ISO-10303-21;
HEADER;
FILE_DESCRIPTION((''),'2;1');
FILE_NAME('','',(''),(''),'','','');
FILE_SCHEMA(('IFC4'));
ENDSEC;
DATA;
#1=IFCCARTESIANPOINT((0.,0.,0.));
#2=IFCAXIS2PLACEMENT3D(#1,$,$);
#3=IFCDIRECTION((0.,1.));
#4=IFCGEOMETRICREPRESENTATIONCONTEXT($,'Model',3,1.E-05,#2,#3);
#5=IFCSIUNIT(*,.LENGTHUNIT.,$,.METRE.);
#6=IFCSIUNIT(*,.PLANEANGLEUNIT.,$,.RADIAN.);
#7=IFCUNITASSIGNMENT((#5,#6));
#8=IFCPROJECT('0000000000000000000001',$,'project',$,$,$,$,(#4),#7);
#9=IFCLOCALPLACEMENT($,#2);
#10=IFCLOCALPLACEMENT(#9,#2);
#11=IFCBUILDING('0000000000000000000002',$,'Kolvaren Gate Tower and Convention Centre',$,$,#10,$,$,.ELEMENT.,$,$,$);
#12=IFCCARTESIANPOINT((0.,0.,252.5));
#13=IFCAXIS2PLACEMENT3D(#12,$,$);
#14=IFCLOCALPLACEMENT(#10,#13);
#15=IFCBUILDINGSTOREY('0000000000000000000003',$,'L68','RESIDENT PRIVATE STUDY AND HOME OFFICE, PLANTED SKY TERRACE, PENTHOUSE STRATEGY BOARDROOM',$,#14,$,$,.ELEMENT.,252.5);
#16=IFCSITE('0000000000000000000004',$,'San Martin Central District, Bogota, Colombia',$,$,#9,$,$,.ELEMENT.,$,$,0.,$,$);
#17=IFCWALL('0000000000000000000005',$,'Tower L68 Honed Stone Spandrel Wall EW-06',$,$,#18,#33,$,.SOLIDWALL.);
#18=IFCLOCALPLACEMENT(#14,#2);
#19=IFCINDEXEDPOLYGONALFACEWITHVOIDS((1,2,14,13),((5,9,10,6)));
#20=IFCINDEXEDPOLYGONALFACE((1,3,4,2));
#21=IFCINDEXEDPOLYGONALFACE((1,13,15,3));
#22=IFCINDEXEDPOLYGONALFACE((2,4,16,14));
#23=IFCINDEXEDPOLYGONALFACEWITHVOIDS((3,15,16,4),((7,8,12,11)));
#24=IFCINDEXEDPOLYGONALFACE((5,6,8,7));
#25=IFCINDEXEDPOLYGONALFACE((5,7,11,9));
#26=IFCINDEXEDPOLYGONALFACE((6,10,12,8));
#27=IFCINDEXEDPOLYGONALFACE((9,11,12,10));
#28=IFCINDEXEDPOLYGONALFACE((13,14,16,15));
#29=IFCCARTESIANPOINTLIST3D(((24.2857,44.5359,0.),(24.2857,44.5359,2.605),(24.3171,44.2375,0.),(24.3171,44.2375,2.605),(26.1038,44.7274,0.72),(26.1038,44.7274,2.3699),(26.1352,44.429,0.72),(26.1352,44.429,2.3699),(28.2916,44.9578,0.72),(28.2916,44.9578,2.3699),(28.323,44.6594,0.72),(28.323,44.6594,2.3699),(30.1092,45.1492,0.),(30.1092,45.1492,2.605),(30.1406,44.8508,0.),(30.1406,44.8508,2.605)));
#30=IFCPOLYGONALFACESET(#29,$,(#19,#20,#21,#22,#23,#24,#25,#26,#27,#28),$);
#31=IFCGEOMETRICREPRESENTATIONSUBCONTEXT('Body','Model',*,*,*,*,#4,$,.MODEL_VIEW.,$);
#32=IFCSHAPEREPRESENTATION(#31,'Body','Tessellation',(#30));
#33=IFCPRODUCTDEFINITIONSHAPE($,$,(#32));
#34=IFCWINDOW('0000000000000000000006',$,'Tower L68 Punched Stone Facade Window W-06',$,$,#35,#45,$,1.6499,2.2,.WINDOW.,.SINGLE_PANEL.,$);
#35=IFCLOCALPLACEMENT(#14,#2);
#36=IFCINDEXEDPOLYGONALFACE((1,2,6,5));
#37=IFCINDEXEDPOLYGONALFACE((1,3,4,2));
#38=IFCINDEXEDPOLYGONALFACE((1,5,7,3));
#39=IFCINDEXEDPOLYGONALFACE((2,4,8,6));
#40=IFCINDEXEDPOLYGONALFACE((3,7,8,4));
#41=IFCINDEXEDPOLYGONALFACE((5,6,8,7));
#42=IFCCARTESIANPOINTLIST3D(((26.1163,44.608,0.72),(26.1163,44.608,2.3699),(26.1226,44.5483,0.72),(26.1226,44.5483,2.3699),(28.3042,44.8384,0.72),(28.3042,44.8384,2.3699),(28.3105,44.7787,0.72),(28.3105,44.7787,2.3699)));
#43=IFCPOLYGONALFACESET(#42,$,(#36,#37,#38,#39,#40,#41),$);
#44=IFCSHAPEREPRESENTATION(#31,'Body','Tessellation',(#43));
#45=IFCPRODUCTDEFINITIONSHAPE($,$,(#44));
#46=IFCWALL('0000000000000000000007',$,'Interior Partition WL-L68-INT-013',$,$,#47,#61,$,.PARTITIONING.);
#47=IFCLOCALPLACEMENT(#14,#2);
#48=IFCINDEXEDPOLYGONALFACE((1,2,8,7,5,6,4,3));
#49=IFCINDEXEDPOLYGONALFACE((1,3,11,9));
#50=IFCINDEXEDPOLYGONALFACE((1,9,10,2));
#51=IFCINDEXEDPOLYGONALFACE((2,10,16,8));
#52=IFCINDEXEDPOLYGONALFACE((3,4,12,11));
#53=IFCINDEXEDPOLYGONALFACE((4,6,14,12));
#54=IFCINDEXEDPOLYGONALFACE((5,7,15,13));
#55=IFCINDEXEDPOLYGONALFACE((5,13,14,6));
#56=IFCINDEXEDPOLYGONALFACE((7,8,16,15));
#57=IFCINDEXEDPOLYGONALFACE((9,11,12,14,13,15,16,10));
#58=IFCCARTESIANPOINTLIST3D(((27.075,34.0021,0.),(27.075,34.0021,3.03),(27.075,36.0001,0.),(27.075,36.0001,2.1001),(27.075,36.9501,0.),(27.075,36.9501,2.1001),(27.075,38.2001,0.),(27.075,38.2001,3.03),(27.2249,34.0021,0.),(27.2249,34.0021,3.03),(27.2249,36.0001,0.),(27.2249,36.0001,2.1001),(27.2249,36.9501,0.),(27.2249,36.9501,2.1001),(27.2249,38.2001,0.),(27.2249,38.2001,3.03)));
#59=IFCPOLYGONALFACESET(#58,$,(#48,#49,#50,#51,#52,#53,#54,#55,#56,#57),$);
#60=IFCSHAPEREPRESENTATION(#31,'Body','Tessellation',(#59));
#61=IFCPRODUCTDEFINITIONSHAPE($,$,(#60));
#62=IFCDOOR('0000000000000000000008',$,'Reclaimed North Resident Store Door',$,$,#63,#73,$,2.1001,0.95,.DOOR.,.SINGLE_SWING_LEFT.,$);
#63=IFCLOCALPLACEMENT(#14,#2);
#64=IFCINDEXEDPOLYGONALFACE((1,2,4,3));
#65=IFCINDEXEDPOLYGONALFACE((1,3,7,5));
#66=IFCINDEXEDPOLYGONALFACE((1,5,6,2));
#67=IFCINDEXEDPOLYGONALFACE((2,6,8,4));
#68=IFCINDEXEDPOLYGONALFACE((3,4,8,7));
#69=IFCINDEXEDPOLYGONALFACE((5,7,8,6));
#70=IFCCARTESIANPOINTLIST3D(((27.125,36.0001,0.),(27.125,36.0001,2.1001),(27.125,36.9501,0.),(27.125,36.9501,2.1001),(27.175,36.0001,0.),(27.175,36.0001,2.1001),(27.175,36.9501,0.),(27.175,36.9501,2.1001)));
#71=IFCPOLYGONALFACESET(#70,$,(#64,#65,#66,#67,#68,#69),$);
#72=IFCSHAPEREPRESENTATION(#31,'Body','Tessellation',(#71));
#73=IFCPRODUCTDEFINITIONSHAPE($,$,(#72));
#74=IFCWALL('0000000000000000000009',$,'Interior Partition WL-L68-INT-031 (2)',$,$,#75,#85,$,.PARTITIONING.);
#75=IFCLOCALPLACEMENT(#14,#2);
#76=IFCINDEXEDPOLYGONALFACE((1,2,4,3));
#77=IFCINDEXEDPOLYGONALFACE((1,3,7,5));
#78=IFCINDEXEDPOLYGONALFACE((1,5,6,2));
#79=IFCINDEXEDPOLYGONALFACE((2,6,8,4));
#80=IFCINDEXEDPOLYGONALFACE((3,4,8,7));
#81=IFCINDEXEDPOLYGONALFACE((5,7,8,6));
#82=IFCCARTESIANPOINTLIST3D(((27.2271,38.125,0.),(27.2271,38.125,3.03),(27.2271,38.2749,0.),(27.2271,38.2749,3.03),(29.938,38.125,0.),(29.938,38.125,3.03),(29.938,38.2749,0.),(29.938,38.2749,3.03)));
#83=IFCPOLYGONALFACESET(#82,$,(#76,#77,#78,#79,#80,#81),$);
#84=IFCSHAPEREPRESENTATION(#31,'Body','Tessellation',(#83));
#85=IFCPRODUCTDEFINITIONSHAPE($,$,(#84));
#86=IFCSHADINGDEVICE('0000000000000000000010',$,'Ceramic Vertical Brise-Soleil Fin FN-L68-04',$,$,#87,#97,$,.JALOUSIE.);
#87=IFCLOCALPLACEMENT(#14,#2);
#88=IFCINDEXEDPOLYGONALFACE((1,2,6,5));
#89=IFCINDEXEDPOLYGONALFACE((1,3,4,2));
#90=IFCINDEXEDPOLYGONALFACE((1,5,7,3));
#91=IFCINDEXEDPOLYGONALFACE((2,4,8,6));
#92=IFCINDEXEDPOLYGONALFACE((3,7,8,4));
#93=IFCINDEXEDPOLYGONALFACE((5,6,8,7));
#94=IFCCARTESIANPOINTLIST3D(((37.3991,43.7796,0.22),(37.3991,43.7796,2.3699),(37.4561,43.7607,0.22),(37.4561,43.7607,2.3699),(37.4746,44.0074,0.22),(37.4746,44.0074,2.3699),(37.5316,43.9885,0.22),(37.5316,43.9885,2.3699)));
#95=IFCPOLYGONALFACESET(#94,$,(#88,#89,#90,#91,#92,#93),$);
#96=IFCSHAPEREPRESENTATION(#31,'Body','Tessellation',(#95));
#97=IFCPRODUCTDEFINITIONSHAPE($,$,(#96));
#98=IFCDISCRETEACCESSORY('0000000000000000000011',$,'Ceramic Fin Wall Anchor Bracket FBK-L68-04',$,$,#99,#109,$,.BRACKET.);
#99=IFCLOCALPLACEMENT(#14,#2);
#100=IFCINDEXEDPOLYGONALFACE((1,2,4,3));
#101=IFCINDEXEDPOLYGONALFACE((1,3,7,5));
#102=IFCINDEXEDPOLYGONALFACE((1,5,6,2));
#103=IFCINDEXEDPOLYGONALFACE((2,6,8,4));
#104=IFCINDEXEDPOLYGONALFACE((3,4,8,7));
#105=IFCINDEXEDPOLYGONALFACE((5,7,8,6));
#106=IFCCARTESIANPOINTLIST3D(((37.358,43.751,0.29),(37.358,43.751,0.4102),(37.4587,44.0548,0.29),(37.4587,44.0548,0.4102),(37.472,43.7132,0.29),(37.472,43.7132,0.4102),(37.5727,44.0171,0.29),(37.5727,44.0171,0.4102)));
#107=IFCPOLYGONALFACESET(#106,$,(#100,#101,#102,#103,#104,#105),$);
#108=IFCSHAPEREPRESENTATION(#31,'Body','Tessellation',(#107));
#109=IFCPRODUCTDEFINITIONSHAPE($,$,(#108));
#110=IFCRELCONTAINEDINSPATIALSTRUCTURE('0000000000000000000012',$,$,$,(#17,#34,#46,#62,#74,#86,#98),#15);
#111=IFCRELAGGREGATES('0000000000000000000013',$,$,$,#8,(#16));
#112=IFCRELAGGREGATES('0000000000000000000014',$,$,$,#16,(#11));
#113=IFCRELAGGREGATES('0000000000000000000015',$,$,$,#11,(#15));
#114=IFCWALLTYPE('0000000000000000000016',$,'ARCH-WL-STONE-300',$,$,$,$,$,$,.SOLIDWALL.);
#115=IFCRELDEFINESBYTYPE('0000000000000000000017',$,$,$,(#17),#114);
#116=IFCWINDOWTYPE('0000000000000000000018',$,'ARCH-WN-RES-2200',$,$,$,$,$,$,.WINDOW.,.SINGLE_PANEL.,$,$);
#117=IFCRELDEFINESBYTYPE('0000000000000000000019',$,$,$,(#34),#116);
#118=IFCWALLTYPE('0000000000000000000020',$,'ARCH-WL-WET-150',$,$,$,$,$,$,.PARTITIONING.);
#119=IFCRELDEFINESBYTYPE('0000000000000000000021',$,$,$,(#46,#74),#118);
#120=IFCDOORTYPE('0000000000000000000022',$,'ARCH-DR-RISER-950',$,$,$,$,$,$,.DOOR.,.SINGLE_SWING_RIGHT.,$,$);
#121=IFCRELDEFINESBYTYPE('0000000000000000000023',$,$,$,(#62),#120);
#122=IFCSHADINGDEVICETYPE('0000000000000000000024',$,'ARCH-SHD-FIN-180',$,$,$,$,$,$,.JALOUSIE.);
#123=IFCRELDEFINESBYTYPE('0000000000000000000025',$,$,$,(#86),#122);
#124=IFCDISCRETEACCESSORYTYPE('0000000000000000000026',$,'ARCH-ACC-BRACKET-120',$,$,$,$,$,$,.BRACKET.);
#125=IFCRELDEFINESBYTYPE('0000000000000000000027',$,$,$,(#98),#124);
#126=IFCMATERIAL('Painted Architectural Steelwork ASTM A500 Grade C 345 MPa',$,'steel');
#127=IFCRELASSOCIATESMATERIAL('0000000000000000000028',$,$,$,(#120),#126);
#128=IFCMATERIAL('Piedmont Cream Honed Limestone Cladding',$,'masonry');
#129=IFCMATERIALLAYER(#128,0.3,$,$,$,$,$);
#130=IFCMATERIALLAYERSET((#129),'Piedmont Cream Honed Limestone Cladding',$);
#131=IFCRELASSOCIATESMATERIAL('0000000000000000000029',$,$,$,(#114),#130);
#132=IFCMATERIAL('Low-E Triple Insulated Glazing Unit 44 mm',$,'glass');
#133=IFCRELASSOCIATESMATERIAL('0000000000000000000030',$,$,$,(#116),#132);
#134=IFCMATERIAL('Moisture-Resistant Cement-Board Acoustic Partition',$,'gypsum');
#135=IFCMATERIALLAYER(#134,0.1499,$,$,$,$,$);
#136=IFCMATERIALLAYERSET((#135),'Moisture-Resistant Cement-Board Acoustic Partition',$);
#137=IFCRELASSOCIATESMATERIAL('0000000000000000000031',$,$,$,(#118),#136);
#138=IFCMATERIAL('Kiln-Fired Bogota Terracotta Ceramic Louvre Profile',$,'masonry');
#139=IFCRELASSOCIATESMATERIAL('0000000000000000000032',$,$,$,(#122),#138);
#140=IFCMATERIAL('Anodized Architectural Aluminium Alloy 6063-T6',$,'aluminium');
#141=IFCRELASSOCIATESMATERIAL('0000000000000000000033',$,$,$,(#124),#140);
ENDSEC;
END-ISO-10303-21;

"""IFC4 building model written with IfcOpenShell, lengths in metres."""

from ifc_helpers import new_model, si_unit, direction, frame, frame_2d, origin, origin_2d, place, context, subcontext, project, spatial, rectangle, extrude, material, layer, layer_set, type_object, element, fill, save


model = new_model("IFC4")

# Units and contexts
model_context = context("Model", 3, precision=1e-05, world=origin(), true_north=direction((0.0, 1.0)))
body_context = subcontext(model_context, "Body", "Model", "MODEL_VIEW")
ifc_project = project(units=[si_unit("LENGTHUNIT", "METRE"), si_unit("PLANEANGLEUNIT", "RADIAN")], contexts=[model_context])

# Site, building, storey
site_placement = place(None, origin())
site = spatial("IfcSite", under=ifc_project, at=site_placement, Name="San Martin Central District, Bogota, Colombia", CompositionType="ELEMENT", RefElevation=0.0)
building_placement = place(site_placement, origin())
building = spatial("IfcBuilding", under=site, at=building_placement, Name="Kolvaren Gate Tower and Convention Centre", CompositionType="ELEMENT")
storey_placement = place(building_placement, frame((0.0, 0.0, 252.5)))
storey = spatial("IfcBuildingStorey", under=building, at=storey_placement, Name="L68", Description="RESIDENT PRIVATE STUDY AND HOME OFFICE, PLANTED SKY TERRACE, PENTHOUSE STRATEGY BOARDROOM", CompositionType="ELEMENT", Elevation=252.5)

# Shared definitions
ifc_material_1 = material(Name="Painted Architectural Steelwork ASTM A500 Grade C 345 MPa", Category="steel")
door_type = type_object("IfcDoorType", Name="ARCH-DR-RISER-950", OperationType="SINGLE_SWING_RIGHT", PredefinedType="DOOR", material=ifc_material_1)

# Wall, opening, window
ifc_material_2 = material(Name="Piedmont Cream Honed Limestone Cladding", Category="masonry")
ifc_layer_1 = layer(ifc_material_2, 0.3)
ifc_layer_set_1 = layer_set([ifc_layer_1], Name="Piedmont Cream Honed Limestone Cladding")
wall_type_1 = type_object("IfcWallType", Name="ARCH-WL-STONE-300", PredefinedType="SOLIDWALL", material=ifc_layer_set_1)
ifc_material_3 = material(Name="Low-E Triple Insulated Glazing Unit 44 mm", Category="glass")
window_type = type_object("IfcWindowType", Name="ARCH-WN-RES-2200", PartitioningType="SINGLE_PANEL", PredefinedType="WINDOW", material=ifc_material_3)
wall_1_placement = place(storey_placement, frame((24.3015, 44.3867, 0.0), z_axis=(0.0, 0.0, 1.0), x_axis=(0.9945, 0.104733, 0.0)))
wall_1 = element("IfcWall", 1, at=wall_1_placement, inside=storey, type_object=wall_type_1, Name="Tower L68 Honed Stone Spandrel Wall EW-06", PredefinedType="SOLIDWALL", context=body_context, shape_type="SweptSolid", body=[
    extrude(rectangle(XDim=5.8557, YDim=0.3, at=frame_2d((2.9277, 0.0))), origin(), (0.0, 0.0, 1.0), 2.605),
])
opening_1_placement = place(wall_1_placement, frame((1.8279, 0.0, 0.72)))
opening_1 = element("IfcOpeningElement", 2, at=opening_1_placement, cuts=wall_1, PredefinedType="OPENING", context=body_context, shape_type="SweptSolid", body=[
    extrude(rectangle(XDim=2.2, YDim=1.6499, at=frame_2d((1.1001, 0.825))), frame((0.0, 0.1599, 0.0), z_axis=(0.0, -1.0, 0.0), x_axis=(1.0, 0.0, 0.0)), (0.0, 0.0, 1.0), 0.3201),
])
window_1_placement = place(opening_1_placement, origin())
window_1 = element("IfcWindow", 3, at=window_1_placement, inside=storey, type_object=window_type, Name="Tower L68 Punched Stone Facade Window W-06", OverallHeight=1.6499, OverallWidth=2.2, PartitioningType="SINGLE_PANEL", PredefinedType="WINDOW", context=body_context, shape_type="SweptSolid", body=[
    extrude(rectangle(XDim=2.2, YDim=1.6499, at=frame_2d((1.1001, 0.825))), frame((0.0, 0.03, 0.0), z_axis=(0.0, -1.0, 0.0), x_axis=(1.0, 0.0, 0.0)), (0.0, 0.0, 1.0), 0.0601),
])
fill(opening_1, window_1)

# Wall, opening, door
ifc_material_4 = material(Name="Moisture-Resistant Cement-Board Acoustic Partition", Category="gypsum")
ifc_layer_2 = layer(ifc_material_4, 0.1499)
ifc_layer_set_2 = layer_set([ifc_layer_2], Name="Moisture-Resistant Cement-Board Acoustic Partition")
wall_type_2 = type_object("IfcWallType", Name="ARCH-WL-WET-150", PredefinedType="PARTITIONING", material=ifc_layer_set_2)
wall_2_placement = place(storey_placement, frame((27.1499, 34.002, 0.0), z_axis=(0.0, 0.0, 1.0), x_axis=(0.0, 1.0, 0.0)))
wall_2 = element("IfcWall", 4, at=wall_2_placement, inside=storey, type_object=wall_type_2, Name="Interior Partition WL-L68-INT-013", PredefinedType="PARTITIONING", context=body_context, shape_type="SweptSolid", body=[
    extrude(rectangle(XDim=4.198, YDim=0.1499, at=frame_2d((2.0991, 0.0))), origin(), (0.0, 0.0, 1.0), 3.03),
])
opening_2_placement = place(wall_2_placement, frame((1.998, 0.0, 0.0)))
opening_2 = element("IfcOpeningElement", 5, at=opening_2_placement, cuts=wall_2, PredefinedType="OPENING", context=body_context, shape_type="SweptSolid", body=[
    extrude(rectangle(XDim=0.95, YDim=2.1001, at=frame_2d((0.4751, 1.05))), frame((0.0, 0.085, 0.0), z_axis=(0.0, -1.0, 0.0), x_axis=(1.0, 0.0, 0.0)), (0.0, 0.0, 1.0), 0.1699),
])
door_1_placement = place(opening_2_placement, origin())
door_1 = element("IfcDoor", 6, at=door_1_placement, inside=storey, type_object=door_type, Name="Reclaimed North Resident Store Door", OperationType="SINGLE_SWING_LEFT", OverallHeight=2.1001, OverallWidth=0.95, PredefinedType="DOOR", context=body_context, shape_type="SweptSolid", body=[
    extrude(rectangle(XDim=0.95, YDim=2.1001, at=frame_2d((0.4751, 1.05))), frame((0.0, 0.0249, 0.0), z_axis=(0.0, -1.0, 0.0), x_axis=(1.0, 0.0, 0.0)), (0.0, 0.0, 1.0), 0.05),
])
fill(opening_2, door_1)

# Wall
wall_3_placement = place(storey_placement, frame((27.2271, 38.2, 0.0), z_axis=(0.0, 0.0, 1.0), x_axis=(1.0, 0.0, 0.0)))
element("IfcWall", 7, at=wall_3_placement, inside=storey, type_object=wall_type_2, Name="Interior Partition WL-L68-INT-031 (2)", PredefinedType="PARTITIONING", context=body_context, shape_type="SweptSolid", body=[
    extrude(rectangle(XDim=2.7109, YDim=0.1499, at=frame_2d((1.3555, 0.0))), origin(), (0.0, 0.0, 1.0), 3.03),
])

# Shading device
ifc_material_5 = material(Name="Kiln-Fired Bogota Terracotta Ceramic Louvre Profile", Category="masonry")
shading_device_type = type_object("IfcShadingDeviceType", Name="ARCH-SHD-FIN-180", PredefinedType="JALOUSIE", material=ifc_material_5)
shading_device_placement = place(storey_placement, frame((37.4653, 43.884, 0.22), z_axis=(0.0, 0.0, 1.0), x_axis=(0.949242, -0.314548, 0.0)))
element("IfcShadingDevice", 8, at=shading_device_placement, inside=storey, type_object=shading_device_type, Name="Ceramic Vertical Brise-Soleil Fin FN-L68-04", PredefinedType="JALOUSIE", context=body_context, shape_type="SweptSolid", body=[
    extrude(rectangle(XDim=0.0601, YDim=0.24, at=origin_2d()), origin(), (0.0, 0.0, 1.0), 2.1499),
])

# Discrete accessory
ifc_material_6 = material(Name="Anodized Architectural Aluminium Alloy 6063-T6", Category="aluminium")
discrete_accessory_type = type_object("IfcDiscreteAccessoryType", Name="ARCH-ACC-BRACKET-120", PredefinedType="BRACKET", material=ifc_material_6)
discrete_accessory_placement = place(storey_placement, frame((37.4653, 43.884, 0.29), z_axis=(0.0, 0.0, 1.0), x_axis=(0.949242, -0.314548, 0.0)))
element("IfcDiscreteAccessory", 9, at=discrete_accessory_placement, inside=storey, type_object=discrete_accessory_type, Name="Ceramic Fin Wall Anchor Bracket FBK-L68-04", PredefinedType="BRACKET", context=body_context, shape_type="SweptSolid", body=[
    extrude(rectangle(XDim=0.1201, YDim=0.3201, at=origin_2d()), origin(), (0.0, 0.0, 1.0), 0.1201),
])

save(model, "model.ifc")
